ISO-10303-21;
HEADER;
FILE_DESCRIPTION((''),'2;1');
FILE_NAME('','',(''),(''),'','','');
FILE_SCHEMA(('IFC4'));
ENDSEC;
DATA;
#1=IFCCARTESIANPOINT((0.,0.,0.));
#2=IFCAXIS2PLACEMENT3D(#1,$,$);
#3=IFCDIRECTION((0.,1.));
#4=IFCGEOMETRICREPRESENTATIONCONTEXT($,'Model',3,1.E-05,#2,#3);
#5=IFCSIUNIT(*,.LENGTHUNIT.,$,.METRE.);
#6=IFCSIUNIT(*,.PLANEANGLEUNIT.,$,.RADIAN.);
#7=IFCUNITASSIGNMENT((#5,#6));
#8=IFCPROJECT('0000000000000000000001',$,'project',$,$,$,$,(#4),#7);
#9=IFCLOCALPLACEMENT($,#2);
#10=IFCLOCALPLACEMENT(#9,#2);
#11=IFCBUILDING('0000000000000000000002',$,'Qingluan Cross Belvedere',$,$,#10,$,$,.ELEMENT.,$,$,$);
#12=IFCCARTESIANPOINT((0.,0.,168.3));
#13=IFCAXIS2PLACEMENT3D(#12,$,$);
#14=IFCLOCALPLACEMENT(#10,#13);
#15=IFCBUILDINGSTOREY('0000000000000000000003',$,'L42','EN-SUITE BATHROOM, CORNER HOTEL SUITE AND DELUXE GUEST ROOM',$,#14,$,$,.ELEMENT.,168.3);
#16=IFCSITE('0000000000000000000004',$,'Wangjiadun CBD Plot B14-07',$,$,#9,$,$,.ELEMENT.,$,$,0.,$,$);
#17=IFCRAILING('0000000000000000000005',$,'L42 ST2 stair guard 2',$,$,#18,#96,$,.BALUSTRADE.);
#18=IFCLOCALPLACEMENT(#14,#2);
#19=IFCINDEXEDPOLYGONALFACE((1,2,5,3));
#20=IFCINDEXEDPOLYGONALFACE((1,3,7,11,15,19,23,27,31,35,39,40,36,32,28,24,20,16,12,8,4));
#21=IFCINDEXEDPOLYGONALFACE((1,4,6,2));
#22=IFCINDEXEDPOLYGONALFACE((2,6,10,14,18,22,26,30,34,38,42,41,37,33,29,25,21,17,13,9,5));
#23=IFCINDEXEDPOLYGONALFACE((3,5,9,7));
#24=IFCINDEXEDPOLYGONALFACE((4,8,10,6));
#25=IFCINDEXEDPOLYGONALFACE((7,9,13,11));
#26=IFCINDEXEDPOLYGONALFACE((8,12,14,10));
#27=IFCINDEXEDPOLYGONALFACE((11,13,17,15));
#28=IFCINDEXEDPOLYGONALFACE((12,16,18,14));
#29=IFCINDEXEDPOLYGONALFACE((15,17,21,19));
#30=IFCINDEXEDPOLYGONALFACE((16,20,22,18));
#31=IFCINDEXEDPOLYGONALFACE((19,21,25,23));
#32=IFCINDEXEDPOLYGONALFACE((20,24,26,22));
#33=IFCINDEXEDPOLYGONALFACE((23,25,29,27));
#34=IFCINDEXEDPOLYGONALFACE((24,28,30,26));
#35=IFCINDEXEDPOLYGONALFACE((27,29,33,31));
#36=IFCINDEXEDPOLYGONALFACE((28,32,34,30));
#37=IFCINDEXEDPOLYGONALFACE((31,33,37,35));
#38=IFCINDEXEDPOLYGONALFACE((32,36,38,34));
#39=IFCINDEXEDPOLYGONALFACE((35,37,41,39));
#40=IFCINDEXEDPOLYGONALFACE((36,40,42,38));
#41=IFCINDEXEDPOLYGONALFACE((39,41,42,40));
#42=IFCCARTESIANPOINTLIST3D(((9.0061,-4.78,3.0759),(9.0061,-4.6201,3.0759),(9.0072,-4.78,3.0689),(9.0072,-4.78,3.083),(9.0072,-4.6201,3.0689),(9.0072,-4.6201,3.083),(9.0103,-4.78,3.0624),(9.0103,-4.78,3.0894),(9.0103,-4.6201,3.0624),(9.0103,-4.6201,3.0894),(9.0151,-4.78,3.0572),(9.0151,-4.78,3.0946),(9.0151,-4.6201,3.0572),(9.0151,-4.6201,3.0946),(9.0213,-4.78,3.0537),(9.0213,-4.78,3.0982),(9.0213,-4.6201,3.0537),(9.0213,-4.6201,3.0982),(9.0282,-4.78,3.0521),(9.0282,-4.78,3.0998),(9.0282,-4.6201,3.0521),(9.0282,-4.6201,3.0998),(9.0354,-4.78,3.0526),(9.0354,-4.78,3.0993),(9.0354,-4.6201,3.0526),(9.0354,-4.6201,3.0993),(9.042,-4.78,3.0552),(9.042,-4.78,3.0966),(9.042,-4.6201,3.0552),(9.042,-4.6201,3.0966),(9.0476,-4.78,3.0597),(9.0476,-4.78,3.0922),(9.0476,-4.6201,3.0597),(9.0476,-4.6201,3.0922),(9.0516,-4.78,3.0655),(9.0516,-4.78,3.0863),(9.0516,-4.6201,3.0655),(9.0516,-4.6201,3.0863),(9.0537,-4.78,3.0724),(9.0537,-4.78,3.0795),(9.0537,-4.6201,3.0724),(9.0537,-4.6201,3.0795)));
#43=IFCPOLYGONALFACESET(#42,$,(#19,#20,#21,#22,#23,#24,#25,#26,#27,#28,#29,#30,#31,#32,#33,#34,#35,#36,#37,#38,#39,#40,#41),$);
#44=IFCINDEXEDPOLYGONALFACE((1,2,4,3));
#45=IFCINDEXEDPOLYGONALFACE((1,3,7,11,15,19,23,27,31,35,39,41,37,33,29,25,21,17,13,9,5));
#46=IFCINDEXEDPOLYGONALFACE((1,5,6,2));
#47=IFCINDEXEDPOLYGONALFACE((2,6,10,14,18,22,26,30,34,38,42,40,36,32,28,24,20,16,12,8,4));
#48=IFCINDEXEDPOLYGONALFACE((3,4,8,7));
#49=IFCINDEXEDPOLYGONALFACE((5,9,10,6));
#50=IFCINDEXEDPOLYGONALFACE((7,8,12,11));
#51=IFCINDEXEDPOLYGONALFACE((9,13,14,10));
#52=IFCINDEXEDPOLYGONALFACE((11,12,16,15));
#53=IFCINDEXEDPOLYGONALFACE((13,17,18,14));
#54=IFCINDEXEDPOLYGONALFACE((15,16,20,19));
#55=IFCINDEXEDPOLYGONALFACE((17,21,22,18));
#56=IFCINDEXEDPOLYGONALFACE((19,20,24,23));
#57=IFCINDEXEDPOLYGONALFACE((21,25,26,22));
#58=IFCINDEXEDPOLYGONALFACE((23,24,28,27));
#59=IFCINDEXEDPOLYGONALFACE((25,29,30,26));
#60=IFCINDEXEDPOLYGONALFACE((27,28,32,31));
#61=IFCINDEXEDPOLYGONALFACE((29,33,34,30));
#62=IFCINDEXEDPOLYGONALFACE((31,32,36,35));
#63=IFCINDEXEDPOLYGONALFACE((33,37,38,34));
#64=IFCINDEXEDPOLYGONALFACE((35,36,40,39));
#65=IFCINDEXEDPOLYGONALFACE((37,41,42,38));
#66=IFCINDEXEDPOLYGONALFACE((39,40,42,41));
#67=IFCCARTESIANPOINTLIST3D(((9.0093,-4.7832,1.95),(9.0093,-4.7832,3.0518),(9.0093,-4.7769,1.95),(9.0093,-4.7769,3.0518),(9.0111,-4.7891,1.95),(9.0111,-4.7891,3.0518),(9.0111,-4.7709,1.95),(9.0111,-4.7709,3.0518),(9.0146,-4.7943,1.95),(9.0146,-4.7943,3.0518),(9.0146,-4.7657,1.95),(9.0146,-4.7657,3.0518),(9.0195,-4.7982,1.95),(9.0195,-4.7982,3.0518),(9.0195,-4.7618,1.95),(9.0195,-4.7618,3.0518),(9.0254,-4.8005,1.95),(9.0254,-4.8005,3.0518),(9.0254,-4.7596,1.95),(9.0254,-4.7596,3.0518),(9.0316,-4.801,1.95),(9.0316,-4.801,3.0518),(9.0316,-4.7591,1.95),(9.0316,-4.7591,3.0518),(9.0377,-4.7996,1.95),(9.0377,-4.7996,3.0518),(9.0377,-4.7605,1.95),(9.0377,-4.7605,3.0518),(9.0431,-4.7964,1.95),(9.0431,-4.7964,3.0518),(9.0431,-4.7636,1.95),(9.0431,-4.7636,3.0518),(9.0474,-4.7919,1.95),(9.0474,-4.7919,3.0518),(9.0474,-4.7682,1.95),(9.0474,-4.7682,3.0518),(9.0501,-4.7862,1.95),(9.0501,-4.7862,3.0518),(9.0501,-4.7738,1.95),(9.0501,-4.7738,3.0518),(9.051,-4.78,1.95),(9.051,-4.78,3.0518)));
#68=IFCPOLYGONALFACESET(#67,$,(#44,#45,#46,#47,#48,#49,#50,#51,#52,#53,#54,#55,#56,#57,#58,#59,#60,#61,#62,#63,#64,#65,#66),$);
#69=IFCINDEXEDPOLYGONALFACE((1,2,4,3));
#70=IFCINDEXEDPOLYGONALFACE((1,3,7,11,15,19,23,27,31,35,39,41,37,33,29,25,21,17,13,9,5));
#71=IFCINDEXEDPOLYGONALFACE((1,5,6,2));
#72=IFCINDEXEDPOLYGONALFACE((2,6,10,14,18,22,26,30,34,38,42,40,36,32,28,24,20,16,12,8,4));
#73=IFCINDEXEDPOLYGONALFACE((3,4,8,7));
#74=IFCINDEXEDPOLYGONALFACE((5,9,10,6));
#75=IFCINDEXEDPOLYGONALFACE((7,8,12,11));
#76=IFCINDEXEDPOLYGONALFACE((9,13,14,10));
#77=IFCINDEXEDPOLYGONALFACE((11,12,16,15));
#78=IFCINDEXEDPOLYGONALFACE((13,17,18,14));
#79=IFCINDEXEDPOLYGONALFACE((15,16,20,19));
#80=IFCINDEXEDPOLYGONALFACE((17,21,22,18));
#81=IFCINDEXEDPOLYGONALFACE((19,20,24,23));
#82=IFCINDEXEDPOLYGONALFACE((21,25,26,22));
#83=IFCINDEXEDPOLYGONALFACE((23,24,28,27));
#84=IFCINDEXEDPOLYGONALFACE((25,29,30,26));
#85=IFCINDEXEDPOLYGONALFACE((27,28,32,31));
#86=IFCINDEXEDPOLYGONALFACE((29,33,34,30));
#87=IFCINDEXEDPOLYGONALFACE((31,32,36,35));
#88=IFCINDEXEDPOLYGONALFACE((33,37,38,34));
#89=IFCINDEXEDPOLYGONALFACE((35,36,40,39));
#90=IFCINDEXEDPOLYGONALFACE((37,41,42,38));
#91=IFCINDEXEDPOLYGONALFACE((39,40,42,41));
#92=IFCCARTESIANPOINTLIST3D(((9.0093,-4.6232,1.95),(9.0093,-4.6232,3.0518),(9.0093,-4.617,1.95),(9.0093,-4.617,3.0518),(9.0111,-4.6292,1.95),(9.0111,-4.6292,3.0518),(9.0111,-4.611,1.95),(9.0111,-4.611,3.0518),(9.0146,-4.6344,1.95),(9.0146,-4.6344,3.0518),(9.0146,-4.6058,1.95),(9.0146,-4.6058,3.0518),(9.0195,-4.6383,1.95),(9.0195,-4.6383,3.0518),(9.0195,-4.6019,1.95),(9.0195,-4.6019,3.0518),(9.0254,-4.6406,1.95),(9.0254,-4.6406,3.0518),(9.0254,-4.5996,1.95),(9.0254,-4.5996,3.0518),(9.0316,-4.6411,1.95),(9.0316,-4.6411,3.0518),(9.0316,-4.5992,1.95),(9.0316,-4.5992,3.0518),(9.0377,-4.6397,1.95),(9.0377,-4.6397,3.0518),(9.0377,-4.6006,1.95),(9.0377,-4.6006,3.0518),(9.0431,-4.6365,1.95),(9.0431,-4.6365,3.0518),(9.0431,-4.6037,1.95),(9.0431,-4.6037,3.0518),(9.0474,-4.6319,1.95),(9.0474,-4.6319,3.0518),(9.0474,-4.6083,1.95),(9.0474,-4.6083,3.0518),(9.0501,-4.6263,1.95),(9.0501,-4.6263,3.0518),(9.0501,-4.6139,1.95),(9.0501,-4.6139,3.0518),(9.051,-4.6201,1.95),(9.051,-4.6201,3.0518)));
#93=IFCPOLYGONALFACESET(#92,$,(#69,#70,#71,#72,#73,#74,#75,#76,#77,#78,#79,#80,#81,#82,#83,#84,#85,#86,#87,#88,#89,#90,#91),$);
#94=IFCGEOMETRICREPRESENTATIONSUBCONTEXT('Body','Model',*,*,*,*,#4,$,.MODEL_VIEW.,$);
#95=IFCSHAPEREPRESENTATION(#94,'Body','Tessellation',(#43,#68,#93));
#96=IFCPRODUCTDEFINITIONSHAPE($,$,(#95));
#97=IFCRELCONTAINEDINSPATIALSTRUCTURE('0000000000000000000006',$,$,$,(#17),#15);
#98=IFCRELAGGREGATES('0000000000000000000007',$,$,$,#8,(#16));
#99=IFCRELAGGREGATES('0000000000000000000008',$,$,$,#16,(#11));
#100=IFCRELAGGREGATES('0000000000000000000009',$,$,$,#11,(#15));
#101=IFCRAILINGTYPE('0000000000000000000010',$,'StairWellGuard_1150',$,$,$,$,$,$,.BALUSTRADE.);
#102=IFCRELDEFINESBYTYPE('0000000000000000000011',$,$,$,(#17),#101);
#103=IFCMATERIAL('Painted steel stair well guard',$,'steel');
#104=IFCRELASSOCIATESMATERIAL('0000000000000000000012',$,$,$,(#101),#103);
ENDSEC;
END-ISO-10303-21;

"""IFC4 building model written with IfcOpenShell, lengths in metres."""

from ifc_helpers import new_model, si_unit, direction, frame, origin, origin_2d, place, context, subcontext, project, spatial, circle, extrude, material, type_object, element, save


model = new_model("IFC4")

# Units and contexts
model_context = context("Model", 3, precision=1e-05, world=origin(), true_north=direction((0.0, 1.0)))
body_context = subcontext(model_context, "Body", "Model", "MODEL_VIEW")
ifc_project = project(units=[si_unit("LENGTHUNIT", "METRE"), si_unit("PLANEANGLEUNIT", "RADIAN")], contexts=[model_context])

# Site, building, storey
site_placement = place(None, origin())
site = spatial("IfcSite", under=ifc_project, at=site_placement, Name="Wangjiadun CBD Plot B14-07", CompositionType="ELEMENT", RefElevation=0.0)
building_placement = place(site_placement, origin())
building = spatial("IfcBuilding", under=site, at=building_placement, Name="Qingluan Cross Belvedere", CompositionType="ELEMENT")
storey_placement = place(building_placement, frame((0.0, 0.0, 168.3)))
storey = spatial("IfcBuildingStorey", under=building, at=storey_placement, Name="L42", Description="EN-SUITE BATHROOM, CORNER HOTEL SUITE AND DELUXE GUEST ROOM", CompositionType="ELEMENT", Elevation=168.3)

# Railing
ifc_material_1 = material(Name="Painted steel stair well guard", Category="steel")
railing_type_1 = type_object("IfcRailingType", Name="StairWellGuard_1150", PredefinedType="BALUSTRADE", material=ifc_material_1)
railing_1_placement = place(storey_placement, frame((9.03, -4.78, 1.95)))
element("IfcRailing", 1, at=railing_1_placement, inside=storey, type_object=railing_type_1, Name="L42 ST2 stair guard 2", PredefinedType="BALUSTRADE", context=body_context, shape_type="SweptSolid", body=[
    extrude(circle(Radius=0.0239, at=origin_2d()), frame((0.0, 0.0, 1.126), z_axis=(0.0, 1.0, 0.0), x_axis=(-1.0, 0.0, 0.0)), (0.0, 0.0, 1.0), 0.1599),
    extrude(circle(Radius=0.021, at=origin_2d()), origin(), (0.0, 0.0, 1.0), 1.1018),
    extrude(circle(Radius=0.021, at=origin_2d()), frame((0.0, 0.1599, 0.0)), (0.0, 0.0, 1.0), 1.1018),
])

save(model, "model.ifc")
